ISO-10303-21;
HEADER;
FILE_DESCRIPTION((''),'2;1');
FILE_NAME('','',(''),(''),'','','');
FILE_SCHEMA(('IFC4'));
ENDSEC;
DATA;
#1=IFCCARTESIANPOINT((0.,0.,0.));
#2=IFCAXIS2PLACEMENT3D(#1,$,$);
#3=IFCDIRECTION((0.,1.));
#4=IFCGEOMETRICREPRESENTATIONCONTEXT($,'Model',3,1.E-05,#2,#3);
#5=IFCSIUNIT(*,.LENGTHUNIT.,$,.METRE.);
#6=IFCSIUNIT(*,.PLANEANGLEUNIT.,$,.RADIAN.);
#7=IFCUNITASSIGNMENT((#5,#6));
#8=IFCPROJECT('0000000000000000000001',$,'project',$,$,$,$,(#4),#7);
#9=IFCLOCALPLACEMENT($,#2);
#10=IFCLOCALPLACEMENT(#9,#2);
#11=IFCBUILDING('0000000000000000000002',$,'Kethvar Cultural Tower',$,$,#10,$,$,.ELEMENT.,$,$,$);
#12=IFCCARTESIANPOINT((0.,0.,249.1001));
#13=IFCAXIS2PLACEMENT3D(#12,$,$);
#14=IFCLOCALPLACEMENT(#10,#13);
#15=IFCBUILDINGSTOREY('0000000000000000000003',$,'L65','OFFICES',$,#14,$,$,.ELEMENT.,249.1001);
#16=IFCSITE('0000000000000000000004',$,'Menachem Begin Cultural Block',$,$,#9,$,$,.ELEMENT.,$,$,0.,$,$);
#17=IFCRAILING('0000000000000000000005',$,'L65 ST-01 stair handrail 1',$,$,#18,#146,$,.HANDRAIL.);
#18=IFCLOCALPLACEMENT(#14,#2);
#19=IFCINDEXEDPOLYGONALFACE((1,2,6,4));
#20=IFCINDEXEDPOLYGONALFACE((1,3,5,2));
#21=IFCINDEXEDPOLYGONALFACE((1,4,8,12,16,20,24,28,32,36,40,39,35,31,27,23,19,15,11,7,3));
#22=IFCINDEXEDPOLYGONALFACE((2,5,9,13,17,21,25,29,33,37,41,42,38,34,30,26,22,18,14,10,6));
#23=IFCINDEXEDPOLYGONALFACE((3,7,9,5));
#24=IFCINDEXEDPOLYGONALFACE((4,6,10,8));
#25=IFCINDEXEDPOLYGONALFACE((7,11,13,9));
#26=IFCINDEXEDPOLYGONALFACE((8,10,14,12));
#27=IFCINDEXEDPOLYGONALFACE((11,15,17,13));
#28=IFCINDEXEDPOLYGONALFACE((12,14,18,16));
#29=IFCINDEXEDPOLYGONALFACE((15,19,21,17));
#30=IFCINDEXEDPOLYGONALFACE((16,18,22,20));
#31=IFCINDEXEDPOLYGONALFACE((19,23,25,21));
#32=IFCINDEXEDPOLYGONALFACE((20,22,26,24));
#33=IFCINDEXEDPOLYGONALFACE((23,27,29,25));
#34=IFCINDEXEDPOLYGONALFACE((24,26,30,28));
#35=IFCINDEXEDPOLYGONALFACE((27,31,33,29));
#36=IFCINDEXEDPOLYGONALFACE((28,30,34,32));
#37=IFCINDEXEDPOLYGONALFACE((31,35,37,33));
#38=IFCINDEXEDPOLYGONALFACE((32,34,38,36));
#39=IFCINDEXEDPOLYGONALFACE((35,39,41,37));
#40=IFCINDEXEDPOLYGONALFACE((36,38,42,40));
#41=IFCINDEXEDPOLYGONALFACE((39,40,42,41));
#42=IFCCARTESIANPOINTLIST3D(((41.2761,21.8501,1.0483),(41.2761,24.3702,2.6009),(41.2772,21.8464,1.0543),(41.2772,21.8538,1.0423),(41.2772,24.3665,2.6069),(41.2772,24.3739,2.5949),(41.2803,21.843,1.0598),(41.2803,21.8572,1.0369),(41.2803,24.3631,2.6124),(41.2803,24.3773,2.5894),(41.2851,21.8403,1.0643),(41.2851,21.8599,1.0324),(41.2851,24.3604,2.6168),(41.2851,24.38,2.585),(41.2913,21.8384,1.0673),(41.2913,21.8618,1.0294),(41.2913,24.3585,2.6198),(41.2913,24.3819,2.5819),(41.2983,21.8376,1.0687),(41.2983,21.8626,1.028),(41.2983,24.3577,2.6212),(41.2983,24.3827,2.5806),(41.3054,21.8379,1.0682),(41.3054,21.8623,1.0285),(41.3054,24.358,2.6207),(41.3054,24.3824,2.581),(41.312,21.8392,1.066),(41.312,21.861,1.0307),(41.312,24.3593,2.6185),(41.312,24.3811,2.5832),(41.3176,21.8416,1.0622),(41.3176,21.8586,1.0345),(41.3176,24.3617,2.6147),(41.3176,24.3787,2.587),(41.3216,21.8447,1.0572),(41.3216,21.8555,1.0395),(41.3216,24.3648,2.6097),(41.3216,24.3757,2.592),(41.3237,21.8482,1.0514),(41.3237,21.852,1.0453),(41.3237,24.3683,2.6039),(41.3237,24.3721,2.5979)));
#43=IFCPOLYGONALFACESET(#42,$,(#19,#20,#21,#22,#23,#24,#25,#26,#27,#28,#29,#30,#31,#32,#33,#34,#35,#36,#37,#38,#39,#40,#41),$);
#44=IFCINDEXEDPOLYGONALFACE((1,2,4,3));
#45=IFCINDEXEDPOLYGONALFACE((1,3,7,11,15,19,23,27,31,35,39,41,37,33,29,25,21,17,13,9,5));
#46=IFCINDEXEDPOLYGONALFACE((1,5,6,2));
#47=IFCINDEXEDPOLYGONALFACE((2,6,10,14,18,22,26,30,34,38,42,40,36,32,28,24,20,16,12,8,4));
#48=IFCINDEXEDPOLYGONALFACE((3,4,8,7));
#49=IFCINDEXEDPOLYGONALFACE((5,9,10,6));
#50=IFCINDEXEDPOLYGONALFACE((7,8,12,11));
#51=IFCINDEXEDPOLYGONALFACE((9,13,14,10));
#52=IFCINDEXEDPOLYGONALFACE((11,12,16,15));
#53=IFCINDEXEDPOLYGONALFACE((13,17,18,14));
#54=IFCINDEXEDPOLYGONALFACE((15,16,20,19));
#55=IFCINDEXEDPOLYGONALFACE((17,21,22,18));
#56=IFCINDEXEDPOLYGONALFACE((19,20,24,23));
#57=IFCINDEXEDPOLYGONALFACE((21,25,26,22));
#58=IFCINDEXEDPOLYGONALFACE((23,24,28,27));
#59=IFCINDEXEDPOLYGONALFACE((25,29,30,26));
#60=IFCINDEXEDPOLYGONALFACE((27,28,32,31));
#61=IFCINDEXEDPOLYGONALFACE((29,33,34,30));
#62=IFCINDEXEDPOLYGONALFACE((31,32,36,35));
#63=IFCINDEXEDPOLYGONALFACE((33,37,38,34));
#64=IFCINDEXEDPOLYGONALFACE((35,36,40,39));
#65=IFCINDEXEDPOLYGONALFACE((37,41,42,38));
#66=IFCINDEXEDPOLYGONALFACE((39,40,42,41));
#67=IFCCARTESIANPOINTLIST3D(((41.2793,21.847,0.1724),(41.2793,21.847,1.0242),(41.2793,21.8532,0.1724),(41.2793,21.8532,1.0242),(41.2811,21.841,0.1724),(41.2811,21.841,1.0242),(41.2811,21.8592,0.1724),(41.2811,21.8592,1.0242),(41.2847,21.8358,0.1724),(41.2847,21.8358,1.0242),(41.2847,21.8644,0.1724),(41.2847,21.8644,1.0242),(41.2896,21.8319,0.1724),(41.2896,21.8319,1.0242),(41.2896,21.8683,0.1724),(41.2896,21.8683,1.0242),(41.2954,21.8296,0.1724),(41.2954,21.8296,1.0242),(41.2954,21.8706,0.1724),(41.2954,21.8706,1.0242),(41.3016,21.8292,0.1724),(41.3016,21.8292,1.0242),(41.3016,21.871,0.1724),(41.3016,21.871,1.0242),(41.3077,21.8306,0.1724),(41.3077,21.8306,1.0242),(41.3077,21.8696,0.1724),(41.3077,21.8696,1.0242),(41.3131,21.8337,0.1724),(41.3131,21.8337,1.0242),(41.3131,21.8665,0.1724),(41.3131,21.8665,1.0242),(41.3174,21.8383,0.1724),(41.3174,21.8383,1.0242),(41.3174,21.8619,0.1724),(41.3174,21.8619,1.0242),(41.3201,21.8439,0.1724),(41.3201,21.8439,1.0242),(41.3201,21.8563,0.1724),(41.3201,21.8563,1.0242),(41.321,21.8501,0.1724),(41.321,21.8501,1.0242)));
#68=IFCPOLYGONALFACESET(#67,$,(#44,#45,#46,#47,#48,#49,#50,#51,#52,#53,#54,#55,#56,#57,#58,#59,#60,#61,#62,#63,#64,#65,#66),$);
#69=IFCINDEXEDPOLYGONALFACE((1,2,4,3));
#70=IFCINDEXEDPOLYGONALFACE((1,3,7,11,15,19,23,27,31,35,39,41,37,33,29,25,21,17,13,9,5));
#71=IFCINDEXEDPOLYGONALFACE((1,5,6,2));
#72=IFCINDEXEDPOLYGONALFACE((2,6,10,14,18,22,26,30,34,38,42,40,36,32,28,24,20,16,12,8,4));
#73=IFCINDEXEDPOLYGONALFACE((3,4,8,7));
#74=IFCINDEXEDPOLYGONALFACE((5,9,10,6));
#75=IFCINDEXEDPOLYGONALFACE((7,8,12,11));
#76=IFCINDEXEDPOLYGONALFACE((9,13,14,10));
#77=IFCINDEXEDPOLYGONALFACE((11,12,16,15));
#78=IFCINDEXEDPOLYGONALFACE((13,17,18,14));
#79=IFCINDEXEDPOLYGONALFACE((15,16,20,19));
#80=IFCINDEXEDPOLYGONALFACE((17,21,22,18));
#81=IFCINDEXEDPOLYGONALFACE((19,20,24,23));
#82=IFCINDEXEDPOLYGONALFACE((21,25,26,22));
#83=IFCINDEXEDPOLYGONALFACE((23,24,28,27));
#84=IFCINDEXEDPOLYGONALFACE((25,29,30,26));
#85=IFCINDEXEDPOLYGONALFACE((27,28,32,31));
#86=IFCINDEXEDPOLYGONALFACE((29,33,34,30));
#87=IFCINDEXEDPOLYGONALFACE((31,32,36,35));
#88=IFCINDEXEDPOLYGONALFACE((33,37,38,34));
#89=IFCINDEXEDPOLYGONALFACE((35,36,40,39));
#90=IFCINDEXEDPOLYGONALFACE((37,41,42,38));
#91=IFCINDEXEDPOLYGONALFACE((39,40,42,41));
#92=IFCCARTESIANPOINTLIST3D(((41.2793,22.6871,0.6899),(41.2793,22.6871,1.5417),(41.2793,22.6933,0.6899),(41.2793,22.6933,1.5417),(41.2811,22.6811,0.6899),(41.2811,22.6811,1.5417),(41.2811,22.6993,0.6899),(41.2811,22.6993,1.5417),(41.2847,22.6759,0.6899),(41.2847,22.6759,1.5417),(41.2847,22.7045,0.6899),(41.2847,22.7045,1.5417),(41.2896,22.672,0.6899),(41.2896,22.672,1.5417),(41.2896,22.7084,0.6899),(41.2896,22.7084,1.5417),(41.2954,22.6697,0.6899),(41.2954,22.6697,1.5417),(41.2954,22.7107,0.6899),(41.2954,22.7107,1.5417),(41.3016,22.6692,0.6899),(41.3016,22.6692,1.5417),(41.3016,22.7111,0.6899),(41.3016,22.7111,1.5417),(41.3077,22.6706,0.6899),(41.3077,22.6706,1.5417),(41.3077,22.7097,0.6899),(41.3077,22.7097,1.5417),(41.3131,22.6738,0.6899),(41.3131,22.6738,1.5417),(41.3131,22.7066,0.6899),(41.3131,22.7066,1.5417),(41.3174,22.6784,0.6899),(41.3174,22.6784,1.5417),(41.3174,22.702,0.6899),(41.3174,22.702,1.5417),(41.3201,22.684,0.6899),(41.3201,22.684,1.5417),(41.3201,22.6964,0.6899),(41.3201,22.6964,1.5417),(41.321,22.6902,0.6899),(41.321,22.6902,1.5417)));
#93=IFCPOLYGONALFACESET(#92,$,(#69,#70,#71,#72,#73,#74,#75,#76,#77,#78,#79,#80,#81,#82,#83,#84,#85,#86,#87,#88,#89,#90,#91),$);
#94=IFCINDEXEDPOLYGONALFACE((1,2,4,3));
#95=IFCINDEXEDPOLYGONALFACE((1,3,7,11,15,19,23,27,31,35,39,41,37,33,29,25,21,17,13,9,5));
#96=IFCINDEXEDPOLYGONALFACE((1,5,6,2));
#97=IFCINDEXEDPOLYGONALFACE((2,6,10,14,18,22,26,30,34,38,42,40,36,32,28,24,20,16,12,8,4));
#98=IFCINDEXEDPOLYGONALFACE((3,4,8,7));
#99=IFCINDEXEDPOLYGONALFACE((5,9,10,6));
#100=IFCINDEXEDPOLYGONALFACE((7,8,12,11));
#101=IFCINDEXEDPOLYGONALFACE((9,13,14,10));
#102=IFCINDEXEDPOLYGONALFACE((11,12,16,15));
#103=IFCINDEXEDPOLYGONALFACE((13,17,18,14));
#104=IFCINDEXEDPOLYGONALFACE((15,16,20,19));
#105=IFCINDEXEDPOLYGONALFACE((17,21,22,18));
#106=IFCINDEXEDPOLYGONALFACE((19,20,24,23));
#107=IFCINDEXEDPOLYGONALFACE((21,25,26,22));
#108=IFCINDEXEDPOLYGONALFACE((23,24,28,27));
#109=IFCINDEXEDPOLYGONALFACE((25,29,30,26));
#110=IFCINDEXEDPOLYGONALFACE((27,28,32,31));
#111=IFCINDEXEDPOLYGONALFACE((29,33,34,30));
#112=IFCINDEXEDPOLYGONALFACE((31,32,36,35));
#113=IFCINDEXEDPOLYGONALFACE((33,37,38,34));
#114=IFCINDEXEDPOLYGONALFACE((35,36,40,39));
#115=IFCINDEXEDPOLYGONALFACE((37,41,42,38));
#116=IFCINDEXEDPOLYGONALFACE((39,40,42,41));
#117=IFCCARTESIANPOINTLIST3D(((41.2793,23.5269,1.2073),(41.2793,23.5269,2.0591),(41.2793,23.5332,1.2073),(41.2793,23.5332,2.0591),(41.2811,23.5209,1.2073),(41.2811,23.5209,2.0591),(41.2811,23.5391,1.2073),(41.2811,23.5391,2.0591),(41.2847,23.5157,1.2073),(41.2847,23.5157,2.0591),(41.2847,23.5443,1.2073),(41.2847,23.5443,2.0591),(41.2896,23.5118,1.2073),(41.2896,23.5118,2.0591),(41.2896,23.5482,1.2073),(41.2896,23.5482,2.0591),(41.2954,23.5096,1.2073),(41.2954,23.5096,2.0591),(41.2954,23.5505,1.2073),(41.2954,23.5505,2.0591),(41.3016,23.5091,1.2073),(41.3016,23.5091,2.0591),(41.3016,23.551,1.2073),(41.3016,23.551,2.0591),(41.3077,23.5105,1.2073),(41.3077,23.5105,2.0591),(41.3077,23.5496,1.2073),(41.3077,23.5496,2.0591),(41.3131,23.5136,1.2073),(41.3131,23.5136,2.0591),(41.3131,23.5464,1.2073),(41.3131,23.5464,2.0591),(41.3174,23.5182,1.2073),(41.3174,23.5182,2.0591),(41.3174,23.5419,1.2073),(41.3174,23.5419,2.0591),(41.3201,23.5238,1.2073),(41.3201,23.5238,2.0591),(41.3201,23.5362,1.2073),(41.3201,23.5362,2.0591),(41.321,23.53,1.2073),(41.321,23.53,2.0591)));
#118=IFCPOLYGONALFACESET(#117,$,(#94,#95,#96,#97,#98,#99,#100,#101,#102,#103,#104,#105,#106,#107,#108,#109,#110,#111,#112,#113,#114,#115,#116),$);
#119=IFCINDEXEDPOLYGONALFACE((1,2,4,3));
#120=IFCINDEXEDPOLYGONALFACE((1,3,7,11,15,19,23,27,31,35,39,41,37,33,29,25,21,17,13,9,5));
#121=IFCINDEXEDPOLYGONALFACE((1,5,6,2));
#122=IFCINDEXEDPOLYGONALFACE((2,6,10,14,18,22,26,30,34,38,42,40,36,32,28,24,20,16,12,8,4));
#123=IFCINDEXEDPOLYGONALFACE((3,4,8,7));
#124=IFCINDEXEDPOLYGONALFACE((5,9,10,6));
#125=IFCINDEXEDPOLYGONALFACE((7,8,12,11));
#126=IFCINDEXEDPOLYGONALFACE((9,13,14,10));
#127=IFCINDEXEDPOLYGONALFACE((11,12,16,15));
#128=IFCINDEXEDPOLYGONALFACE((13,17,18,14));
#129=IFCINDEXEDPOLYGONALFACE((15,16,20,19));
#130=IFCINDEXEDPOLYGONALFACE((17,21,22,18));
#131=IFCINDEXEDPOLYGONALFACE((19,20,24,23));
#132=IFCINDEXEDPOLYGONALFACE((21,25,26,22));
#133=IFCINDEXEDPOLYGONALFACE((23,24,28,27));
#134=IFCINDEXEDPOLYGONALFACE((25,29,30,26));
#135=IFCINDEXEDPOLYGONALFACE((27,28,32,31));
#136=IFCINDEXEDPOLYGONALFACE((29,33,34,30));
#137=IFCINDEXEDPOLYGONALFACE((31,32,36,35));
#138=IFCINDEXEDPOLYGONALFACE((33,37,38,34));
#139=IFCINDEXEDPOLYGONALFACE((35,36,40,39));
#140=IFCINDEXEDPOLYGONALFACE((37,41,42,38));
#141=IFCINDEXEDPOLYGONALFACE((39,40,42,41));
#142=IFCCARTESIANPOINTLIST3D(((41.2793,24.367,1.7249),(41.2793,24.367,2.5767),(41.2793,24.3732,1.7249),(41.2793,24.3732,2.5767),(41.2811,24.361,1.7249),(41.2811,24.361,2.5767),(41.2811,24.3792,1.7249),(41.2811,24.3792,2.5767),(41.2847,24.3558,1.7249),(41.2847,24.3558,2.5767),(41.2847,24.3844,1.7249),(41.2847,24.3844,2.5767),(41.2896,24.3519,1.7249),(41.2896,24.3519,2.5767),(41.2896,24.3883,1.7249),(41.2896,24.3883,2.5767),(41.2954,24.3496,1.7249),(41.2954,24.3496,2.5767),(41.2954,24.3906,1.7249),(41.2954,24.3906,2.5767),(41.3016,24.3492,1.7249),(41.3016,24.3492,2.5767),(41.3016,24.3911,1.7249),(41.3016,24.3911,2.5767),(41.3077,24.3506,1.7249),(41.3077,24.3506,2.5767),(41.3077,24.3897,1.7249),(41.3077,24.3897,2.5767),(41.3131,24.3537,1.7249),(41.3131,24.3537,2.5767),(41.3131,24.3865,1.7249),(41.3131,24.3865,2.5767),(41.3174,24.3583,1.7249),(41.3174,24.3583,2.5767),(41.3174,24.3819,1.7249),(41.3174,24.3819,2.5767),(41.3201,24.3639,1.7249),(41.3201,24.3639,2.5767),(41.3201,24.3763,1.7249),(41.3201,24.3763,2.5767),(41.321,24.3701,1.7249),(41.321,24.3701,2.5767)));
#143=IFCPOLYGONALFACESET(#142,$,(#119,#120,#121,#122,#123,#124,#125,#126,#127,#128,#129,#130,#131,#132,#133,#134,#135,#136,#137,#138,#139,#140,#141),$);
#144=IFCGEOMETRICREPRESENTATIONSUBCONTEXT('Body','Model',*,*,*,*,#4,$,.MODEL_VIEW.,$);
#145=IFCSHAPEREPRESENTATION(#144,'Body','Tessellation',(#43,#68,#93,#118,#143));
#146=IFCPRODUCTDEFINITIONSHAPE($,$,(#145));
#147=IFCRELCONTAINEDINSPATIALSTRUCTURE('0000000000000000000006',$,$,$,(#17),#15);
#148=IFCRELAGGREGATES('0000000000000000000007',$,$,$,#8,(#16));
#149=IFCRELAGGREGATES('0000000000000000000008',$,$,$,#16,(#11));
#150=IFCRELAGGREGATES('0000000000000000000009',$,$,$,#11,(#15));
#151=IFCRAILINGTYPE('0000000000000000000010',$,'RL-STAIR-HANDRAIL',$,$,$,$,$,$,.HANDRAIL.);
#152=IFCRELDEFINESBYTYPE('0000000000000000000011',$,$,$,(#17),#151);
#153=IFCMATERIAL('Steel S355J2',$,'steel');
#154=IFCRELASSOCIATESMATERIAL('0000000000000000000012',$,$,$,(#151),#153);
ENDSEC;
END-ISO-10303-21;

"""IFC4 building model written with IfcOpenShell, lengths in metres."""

from ifc_helpers import new_model, si_unit, direction, frame, origin, origin_2d, place, context, subcontext, project, spatial, circle, extrude, material, type_object, element, save


model = new_model("IFC4")

# Units and contexts
model_context = context("Model", 3, precision=1e-05, world=origin(), true_north=direction((0.0, 1.0)))
body_context = subcontext(model_context, "Body", "Model", "MODEL_VIEW")
ifc_project = project(units=[si_unit("LENGTHUNIT", "METRE"), si_unit("PLANEANGLEUNIT", "RADIAN")], contexts=[model_context])

# Site, building, storey
site_placement = place(None, origin())
site = spatial("IfcSite", under=ifc_project, at=site_placement, Name="Menachem Begin Cultural Block", CompositionType="ELEMENT", RefElevation=0.0)
building_placement = place(site_placement, origin())
building = spatial("IfcBuilding", under=site, at=building_placement, Name="Kethvar Cultural Tower", CompositionType="ELEMENT")
storey_placement = place(building_placement, frame((0.0, 0.0, 249.1001)))
storey = spatial("IfcBuildingStorey", under=building, at=storey_placement, Name="L65", Description="OFFICES", CompositionType="ELEMENT", Elevation=249.1001)

# Shared definitions
ifc_material_1 = material(Name="Steel S355J2", Category="steel")

# Railing
railing_type_1 = type_object("IfcRailingType", Name="RL-STAIR-HANDRAIL", PredefinedType="HANDRAIL", material=ifc_material_1)
railing_1_placement = place(storey_placement, frame((41.3, 21.8501, 0.1724)))
element("IfcRailing", 1, at=railing_1_placement, inside=storey, type_object=railing_type_1, Name="L65 ST-01 stair handrail 1", PredefinedType="HANDRAIL", context=body_context, shape_type="SweptSolid", body=[
    extrude(circle(Radius=0.0239, at=origin_2d()), frame((0.0, 0.0, 0.876), z_axis=(0.0, 0.8514, 0.524516), x_axis=(-1.0, 0.0, 0.0)), (0.0, 0.0, 1.0), 2.96),
    extrude(circle(Radius=0.021, at=origin_2d()), origin(), (0.0, 0.0, 1.0), 0.8518),
    extrude(circle(Radius=0.021, at=origin_2d()), frame((0.0, 0.8401, 0.5176)), (0.0, 0.0, 1.0), 0.8518),
    extrude(circle(Radius=0.021, at=origin_2d()), frame((0.0, 1.6799, 1.0349)), (0.0, 0.0, 1.0), 0.8518),
    extrude(circle(Radius=0.021, at=origin_2d()), frame((0.0, 2.52, 1.5525)), (0.0, 0.0, 1.0), 0.8518),
])

save(model, "model.ifc")
